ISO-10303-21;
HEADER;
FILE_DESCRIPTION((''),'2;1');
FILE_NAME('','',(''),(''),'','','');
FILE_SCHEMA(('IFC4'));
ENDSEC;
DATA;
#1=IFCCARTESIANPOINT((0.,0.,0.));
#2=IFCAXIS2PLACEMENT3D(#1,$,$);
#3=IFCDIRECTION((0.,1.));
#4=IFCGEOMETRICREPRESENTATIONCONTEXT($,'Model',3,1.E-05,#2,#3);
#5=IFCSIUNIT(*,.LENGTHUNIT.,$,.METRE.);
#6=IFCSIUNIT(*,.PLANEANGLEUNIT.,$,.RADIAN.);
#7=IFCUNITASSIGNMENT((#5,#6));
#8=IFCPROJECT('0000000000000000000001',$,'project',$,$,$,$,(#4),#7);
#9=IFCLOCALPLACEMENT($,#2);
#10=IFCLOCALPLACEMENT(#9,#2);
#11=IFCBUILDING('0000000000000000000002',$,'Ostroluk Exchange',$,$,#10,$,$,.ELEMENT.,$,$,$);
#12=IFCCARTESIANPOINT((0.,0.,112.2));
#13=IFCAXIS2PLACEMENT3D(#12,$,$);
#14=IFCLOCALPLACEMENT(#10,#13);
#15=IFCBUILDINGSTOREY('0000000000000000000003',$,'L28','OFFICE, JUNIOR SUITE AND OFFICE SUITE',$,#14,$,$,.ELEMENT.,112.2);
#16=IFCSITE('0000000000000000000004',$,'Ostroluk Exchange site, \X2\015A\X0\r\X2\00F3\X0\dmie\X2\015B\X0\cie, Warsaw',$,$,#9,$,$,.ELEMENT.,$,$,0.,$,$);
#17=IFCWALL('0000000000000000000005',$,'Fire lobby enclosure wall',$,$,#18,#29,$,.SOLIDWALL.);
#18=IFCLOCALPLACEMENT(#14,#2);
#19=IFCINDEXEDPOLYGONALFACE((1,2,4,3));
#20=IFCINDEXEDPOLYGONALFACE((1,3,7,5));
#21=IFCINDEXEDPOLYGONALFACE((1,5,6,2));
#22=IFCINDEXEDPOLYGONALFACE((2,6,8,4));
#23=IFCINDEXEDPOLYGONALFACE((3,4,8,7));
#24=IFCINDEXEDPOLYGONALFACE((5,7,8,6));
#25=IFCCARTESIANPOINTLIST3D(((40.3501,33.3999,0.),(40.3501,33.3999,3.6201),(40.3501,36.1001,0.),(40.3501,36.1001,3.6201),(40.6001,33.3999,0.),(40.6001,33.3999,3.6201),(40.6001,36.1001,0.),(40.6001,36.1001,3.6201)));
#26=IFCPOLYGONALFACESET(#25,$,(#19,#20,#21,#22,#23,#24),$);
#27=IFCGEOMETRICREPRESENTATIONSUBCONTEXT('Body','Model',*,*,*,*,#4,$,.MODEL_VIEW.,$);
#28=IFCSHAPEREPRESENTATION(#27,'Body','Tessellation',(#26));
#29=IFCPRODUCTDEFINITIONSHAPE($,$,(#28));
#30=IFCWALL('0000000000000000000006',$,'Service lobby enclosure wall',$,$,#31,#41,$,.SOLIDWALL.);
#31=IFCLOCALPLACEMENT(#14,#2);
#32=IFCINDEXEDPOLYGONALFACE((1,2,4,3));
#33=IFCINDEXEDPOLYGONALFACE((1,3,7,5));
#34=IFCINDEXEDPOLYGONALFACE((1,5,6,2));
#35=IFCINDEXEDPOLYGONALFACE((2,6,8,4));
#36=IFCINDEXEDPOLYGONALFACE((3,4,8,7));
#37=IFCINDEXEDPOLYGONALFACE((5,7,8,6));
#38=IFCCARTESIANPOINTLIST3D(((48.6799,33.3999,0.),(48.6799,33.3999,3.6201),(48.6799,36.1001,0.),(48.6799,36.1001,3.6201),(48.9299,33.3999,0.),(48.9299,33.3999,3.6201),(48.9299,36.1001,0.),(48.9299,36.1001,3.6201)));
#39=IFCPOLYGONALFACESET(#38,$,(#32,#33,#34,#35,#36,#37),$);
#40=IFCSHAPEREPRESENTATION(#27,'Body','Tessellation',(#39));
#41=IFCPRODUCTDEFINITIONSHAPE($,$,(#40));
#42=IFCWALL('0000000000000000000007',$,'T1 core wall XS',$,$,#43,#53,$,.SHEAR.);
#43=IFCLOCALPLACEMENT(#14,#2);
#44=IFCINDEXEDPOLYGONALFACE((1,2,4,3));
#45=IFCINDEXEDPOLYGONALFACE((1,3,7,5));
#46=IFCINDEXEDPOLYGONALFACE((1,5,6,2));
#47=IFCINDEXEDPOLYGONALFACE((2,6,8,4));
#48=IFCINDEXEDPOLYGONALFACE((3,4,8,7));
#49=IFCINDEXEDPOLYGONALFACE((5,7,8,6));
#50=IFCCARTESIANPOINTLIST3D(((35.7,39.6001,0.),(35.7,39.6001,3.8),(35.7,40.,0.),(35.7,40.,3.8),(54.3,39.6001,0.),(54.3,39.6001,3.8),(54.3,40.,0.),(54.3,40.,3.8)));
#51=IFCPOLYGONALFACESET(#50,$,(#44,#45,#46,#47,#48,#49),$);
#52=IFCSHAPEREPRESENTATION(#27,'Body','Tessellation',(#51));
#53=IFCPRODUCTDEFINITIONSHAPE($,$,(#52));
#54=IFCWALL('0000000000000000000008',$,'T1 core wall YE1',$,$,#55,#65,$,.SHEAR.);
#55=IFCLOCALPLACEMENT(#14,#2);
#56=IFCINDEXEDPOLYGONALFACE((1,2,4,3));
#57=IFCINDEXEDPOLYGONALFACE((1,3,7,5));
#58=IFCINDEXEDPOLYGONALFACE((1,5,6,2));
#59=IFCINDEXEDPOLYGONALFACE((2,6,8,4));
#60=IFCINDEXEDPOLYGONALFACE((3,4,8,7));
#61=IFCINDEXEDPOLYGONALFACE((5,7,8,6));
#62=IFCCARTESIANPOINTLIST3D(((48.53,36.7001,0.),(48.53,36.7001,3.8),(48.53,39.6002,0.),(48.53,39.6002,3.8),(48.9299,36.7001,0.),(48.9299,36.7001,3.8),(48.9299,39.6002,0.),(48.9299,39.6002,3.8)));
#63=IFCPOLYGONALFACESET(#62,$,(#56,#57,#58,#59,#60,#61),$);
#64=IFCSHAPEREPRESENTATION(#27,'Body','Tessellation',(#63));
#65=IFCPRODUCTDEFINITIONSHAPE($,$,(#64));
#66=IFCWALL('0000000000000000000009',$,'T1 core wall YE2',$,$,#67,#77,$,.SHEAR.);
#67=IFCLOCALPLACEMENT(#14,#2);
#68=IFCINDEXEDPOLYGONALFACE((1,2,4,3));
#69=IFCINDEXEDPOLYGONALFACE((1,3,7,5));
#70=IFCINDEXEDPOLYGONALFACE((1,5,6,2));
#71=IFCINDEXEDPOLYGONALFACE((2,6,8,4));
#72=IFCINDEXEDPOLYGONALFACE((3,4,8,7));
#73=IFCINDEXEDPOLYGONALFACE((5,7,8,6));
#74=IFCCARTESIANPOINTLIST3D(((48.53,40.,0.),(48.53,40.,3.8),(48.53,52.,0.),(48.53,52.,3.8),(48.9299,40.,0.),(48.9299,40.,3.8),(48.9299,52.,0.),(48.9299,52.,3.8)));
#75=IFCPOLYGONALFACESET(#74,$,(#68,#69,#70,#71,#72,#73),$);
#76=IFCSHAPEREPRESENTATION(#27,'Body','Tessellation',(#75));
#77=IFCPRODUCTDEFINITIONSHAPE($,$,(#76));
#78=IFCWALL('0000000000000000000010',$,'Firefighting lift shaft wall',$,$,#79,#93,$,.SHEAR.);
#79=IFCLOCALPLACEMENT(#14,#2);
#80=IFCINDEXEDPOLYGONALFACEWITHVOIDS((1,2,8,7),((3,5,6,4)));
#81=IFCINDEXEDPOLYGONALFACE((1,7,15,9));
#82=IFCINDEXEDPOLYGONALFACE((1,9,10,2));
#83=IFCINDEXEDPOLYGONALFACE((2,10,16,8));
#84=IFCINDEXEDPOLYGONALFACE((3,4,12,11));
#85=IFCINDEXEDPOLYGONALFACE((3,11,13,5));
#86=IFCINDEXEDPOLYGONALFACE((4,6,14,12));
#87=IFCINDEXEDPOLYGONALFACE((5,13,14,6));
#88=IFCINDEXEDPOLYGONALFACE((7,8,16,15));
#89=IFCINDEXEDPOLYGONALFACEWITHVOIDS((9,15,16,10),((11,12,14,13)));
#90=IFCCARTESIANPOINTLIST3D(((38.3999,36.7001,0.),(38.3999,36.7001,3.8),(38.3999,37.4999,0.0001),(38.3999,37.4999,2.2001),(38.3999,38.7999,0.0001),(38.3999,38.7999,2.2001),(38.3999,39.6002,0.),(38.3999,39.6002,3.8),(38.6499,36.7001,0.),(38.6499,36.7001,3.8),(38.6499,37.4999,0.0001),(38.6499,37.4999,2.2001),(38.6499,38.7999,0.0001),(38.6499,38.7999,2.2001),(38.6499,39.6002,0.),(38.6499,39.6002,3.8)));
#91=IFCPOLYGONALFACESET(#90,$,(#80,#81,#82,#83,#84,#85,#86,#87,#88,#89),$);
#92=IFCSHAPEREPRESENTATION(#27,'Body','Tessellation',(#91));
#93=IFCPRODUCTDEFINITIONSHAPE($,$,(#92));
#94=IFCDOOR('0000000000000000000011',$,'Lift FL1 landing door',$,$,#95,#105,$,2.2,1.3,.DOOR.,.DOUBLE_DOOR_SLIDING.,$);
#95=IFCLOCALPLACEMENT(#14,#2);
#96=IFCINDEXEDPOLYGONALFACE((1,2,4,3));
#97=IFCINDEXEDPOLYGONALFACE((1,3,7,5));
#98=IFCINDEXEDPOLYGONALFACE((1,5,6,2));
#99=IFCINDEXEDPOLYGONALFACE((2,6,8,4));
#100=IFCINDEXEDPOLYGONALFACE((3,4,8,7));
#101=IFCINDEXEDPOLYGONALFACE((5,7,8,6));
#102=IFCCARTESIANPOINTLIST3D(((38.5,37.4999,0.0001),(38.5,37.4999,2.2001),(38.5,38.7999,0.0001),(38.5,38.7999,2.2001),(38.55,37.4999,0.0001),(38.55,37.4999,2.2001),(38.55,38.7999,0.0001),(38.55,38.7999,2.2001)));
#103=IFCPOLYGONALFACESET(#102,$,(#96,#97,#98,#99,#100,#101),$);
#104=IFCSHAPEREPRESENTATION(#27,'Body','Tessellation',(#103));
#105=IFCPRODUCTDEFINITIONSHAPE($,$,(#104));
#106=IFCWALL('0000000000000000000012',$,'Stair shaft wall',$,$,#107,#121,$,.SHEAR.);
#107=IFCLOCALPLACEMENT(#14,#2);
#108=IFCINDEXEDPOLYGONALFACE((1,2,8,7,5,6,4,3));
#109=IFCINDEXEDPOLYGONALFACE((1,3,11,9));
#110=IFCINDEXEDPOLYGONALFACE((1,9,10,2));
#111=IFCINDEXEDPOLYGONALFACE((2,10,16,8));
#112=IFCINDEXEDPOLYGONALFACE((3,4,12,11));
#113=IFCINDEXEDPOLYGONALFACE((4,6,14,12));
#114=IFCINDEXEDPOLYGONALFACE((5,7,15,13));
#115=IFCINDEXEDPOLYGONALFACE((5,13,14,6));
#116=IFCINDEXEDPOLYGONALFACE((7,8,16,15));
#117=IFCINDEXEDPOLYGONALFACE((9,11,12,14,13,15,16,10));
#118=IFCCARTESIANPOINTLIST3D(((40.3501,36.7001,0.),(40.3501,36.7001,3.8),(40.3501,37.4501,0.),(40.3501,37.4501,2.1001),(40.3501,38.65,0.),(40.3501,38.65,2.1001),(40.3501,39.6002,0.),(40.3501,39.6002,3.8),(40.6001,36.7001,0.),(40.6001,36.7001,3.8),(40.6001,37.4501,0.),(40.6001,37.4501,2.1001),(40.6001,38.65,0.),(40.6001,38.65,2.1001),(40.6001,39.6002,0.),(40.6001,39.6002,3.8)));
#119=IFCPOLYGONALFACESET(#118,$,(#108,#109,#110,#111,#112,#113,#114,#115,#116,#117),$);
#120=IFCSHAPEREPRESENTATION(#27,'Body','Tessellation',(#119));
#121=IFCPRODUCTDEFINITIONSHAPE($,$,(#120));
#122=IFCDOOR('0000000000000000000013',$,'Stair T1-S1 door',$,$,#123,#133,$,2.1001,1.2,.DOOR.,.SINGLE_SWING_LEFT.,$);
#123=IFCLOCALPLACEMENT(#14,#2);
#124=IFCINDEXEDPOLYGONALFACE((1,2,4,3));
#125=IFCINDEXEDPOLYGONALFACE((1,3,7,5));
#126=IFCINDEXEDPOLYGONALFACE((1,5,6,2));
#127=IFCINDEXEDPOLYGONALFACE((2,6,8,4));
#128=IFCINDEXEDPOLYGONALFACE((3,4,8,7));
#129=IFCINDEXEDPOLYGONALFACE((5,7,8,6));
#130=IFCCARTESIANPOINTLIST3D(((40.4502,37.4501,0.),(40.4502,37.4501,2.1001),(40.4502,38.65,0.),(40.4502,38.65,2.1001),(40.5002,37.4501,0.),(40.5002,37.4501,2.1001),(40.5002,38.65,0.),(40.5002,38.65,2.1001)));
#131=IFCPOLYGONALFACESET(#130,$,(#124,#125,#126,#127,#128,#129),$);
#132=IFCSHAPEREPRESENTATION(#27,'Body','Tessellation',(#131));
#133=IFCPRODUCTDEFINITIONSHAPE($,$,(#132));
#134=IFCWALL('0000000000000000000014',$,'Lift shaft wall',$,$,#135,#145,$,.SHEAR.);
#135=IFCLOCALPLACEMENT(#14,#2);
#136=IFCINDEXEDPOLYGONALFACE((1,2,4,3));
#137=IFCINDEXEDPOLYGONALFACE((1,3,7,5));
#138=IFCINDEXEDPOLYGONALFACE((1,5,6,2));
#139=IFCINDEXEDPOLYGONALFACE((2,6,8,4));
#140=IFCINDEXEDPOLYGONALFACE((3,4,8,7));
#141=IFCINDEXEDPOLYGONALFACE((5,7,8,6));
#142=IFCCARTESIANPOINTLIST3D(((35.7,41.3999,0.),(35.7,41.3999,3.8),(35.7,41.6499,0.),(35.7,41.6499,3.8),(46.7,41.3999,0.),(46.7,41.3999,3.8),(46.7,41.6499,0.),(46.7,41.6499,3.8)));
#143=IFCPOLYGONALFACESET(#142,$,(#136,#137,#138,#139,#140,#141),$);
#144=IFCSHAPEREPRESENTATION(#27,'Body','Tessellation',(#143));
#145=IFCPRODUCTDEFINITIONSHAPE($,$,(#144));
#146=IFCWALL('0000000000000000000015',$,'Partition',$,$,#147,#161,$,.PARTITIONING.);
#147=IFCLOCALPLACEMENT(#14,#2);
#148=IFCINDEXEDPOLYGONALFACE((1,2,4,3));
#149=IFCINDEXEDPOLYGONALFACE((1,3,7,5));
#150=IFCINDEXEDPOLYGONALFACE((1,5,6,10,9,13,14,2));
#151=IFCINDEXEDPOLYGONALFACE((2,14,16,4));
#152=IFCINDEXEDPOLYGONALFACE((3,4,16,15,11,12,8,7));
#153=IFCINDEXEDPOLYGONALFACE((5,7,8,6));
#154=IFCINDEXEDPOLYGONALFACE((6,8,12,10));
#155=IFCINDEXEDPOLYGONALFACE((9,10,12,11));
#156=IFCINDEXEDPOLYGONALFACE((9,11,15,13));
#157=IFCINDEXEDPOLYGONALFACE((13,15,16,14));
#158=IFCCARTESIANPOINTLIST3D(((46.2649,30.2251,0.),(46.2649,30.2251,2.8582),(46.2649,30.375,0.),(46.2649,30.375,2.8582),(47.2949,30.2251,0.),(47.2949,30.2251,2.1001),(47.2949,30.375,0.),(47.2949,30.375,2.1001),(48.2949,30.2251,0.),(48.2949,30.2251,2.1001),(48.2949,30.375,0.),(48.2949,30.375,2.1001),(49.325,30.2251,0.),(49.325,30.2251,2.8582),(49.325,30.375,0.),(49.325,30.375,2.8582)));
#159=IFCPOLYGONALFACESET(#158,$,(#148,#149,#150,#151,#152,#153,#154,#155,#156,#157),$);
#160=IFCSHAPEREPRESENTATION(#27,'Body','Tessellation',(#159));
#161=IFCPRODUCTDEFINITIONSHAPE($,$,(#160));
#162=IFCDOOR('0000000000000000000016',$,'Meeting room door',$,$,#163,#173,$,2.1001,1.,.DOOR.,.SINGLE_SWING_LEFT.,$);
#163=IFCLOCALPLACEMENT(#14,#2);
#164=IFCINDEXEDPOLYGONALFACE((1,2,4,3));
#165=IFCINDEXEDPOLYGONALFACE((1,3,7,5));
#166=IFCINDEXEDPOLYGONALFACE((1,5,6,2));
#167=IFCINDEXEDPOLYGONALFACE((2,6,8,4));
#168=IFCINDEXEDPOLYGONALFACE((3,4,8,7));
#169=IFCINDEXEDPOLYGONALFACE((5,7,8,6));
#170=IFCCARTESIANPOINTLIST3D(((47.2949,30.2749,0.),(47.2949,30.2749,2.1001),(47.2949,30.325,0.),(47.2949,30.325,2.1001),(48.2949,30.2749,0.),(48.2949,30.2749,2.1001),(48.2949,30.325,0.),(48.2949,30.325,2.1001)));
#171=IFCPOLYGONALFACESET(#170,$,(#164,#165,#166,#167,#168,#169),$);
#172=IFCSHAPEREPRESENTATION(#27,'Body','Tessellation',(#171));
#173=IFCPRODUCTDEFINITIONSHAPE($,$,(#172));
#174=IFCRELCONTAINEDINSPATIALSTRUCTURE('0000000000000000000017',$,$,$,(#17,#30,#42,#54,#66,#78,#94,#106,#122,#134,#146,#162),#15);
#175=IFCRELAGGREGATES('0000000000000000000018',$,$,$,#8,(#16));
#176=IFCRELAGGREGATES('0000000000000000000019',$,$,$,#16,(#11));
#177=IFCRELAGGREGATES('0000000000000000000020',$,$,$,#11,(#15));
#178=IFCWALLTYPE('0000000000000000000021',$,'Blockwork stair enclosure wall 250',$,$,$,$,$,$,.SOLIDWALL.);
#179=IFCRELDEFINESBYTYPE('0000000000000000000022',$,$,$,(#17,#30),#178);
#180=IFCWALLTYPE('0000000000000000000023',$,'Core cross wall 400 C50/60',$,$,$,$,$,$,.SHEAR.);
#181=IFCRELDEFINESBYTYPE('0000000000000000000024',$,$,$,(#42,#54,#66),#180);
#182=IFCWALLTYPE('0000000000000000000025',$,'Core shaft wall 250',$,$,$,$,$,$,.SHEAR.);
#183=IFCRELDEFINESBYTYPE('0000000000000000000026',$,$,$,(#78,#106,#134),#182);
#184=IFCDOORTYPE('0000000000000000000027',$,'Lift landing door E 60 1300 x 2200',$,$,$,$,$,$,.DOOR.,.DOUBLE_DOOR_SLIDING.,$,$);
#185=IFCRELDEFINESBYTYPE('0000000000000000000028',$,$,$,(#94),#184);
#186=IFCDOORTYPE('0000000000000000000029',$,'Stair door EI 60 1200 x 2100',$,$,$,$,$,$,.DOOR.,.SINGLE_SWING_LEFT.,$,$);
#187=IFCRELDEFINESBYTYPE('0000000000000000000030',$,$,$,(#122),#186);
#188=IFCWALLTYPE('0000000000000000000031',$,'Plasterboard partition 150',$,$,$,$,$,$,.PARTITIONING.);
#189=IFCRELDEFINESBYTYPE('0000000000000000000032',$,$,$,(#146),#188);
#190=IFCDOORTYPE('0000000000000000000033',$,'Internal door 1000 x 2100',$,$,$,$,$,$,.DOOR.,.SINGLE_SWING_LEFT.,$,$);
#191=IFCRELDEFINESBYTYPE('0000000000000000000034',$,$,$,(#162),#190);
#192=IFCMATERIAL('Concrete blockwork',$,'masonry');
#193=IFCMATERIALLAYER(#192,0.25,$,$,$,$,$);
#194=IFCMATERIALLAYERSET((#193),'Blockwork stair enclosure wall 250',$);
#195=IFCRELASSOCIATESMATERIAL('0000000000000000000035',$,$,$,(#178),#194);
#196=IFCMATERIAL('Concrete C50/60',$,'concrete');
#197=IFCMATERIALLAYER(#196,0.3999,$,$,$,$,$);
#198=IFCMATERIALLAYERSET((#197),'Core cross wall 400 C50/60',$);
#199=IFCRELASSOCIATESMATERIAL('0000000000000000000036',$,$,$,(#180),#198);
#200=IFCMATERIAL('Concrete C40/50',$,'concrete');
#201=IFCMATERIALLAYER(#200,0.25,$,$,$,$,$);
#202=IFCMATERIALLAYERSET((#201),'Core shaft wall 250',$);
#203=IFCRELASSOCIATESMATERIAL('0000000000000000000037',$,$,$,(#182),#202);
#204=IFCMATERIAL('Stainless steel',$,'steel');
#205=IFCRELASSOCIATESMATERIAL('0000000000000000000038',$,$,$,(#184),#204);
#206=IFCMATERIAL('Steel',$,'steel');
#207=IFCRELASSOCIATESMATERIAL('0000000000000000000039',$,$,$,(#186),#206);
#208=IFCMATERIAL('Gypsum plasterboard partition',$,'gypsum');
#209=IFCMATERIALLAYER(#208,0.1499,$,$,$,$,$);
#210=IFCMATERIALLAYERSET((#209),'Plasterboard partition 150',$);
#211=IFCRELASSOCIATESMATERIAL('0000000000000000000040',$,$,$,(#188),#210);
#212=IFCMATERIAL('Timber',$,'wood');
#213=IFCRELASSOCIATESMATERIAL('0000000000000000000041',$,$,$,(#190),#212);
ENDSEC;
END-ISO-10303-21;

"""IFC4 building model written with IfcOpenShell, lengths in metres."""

from ifc_helpers import new_model, si_unit, direction, frame, frame_2d, origin, place, context, subcontext, project, spatial, rectangle, extrude, material, layer, layer_set, type_object, element, fill, save


model = new_model("IFC4")

# Units and contexts
model_context = context("Model", 3, precision=1e-05, world=origin(), true_north=direction((0.0, 1.0)))
body_context = subcontext(model_context, "Body", "Model", "MODEL_VIEW")
ifc_project = project(units=[si_unit("LENGTHUNIT", "METRE"), si_unit("PLANEANGLEUNIT", "RADIAN")], contexts=[model_context])

# Site, building, storey
site_placement = place(None, origin())
site = spatial("IfcSite", under=ifc_project, at=site_placement, Name="Ostroluk Exchange site, Śródmieście, Warsaw", CompositionType="ELEMENT", RefElevation=0.0)
building_placement = place(site_placement, origin())
building = spatial("IfcBuilding", under=site, at=building_placement, Name="Ostroluk Exchange", CompositionType="ELEMENT")
storey_placement = place(building_placement, frame((0.0, 0.0, 112.2)))
storey = spatial("IfcBuildingStorey", under=building, at=storey_placement, Name="L28", Description="OFFICE, JUNIOR SUITE AND OFFICE SUITE", CompositionType="ELEMENT", Elevation=112.2)

# Walls
ifc_material_1 = material(Name="Concrete blockwork", Category="masonry")
ifc_layer_1 = layer(ifc_material_1, 0.25)
ifc_layer_set_1 = layer_set([ifc_layer_1], Name="Blockwork stair enclosure wall 250")
wall_type_1 = type_object("IfcWallType", Name="Blockwork stair enclosure wall 250", PredefinedType="SOLIDWALL", material=ifc_layer_set_1)
for number, where, z_axis, x_axis, name in (
    (1, (40.4751, 33.3999, 0.0), (0.0, 0.0, 1.0), (0.0, 1.0, 0.0), "Fire lobby enclosure wall"),
    (2, (48.8049, 33.3999, 0.0), (0.0, 0.0, 1.0), (0.0, 1.0, 0.0), "Service lobby enclosure wall"),
):
    element("IfcWall", number, at=place(storey_placement, frame(where, z_axis=z_axis, x_axis=x_axis)), inside=storey, type_object=wall_type_1, Name=name, PredefinedType="SOLIDWALL", context=body_context, shape_type="SweptSolid", body=[
        extrude(rectangle(XDim=2.7002, YDim=0.25, at=frame_2d((1.3501, 0.0))), origin(), (0.0, 0.0, 1.0), 3.6201),
    ])
ifc_material_2 = material(Name="Concrete C50/60", Category="concrete")
ifc_layer_2 = layer(ifc_material_2, 0.3999)
ifc_layer_set_2 = layer_set([ifc_layer_2], Name="Core cross wall 400 C50/60")
wall_type_2 = type_object("IfcWallType", Name="Core cross wall 400 C50/60", PredefinedType="SHEAR", material=ifc_layer_set_2)
wall_1_placement = place(storey_placement, frame((35.7, 39.8, 0.0), z_axis=(0.0, 0.0, 1.0), x_axis=(1.0, 0.0, 0.0)))
element("IfcWall", 3, at=wall_1_placement, inside=storey, type_object=wall_type_2, Name="T1 core wall XS", PredefinedType="SHEAR", context=body_context, shape_type="SweptSolid", body=[
    extrude(rectangle(XDim=18.6001, YDim=0.3999, at=frame_2d((9.3, 0.0))), origin(), (0.0, 0.0, 1.0), 3.8),
])
wall_2_placement = place(storey_placement, frame((48.73, 36.7, 0.0), z_axis=(0.0, 0.0, 1.0), x_axis=(0.0, 1.0, 0.0)))
element("IfcWall", 4, at=wall_2_placement, inside=storey, type_object=wall_type_2, Name="T1 core wall YE1", PredefinedType="SHEAR", context=body_context, shape_type="SweptSolid", body=[
    extrude(rectangle(XDim=2.9001, YDim=0.3999, at=frame_2d((1.4502, 0.0))), origin(), (0.0, 0.0, 1.0), 3.8),
])
wall_3_placement = place(storey_placement, frame((48.73, 40.0, 0.0), z_axis=(0.0, 0.0, 1.0), x_axis=(0.0, 1.0, 0.0)))
element("IfcWall", 5, at=wall_3_placement, inside=storey, type_object=wall_type_2, Name="T1 core wall YE2", PredefinedType="SHEAR", context=body_context, shape_type="SweptSolid", body=[
    extrude(rectangle(XDim=12.0, YDim=0.3999, at=frame_2d((6.0, 0.0))), origin(), (0.0, 0.0, 1.0), 3.8),
])

# Walls, openings, doors
ifc_material_3 = material(Name="Concrete C40/50", Category="concrete")
ifc_layer_3 = layer(ifc_material_3, 0.25)
ifc_layer_set_3 = layer_set([ifc_layer_3], Name="Core shaft wall 250")
wall_type_3 = type_object("IfcWallType", Name="Core shaft wall 250", PredefinedType="SHEAR", material=ifc_layer_set_3)
wall_4_placement = place(storey_placement, frame((38.5249, 36.7, 0.0), z_axis=(0.0, 0.0, 1.0), x_axis=(0.0, 1.0, 0.0)))
wall_4 = element("IfcWall", 6, at=wall_4_placement, inside=storey, type_object=wall_type_3, Name="Firefighting lift shaft wall", PredefinedType="SHEAR", context=body_context, shape_type="SweptSolid", body=[
    extrude(rectangle(XDim=2.9001, YDim=0.25, at=frame_2d((1.4502, 0.0))), origin(), (0.0, 0.0, 1.0), 3.8),
])
opening_1_placement = place(wall_4_placement, frame((0.8, 0.0, 0.0)))
opening_1 = element("IfcOpeningElement", 7, at=opening_1_placement, cuts=wall_4, PredefinedType="OPENING", context=body_context, shape_type="SweptSolid", body=[
    extrude(rectangle(XDim=1.3, YDim=2.2, at=frame_2d((0.6499, 1.1001))), frame((0.0, 0.135, 0.0), z_axis=(0.0, -1.0, 0.0), x_axis=(1.0, 0.0, 0.0)), (0.0, 0.0, 1.0), 0.27),
])
ifc_material_4 = material(Name="Stainless steel", Category="steel")
door_type_1 = type_object("IfcDoorType", Name="Lift landing door E 60 1300 x 2200", OperationType="DOUBLE_DOOR_SLIDING", PredefinedType="DOOR", material=ifc_material_4)
door_1_placement = place(opening_1_placement, origin())
door_1 = element("IfcDoor", 8, at=door_1_placement, inside=storey, type_object=door_type_1, Name="Lift FL1 landing door", OperationType="DOUBLE_DOOR_SLIDING", OverallHeight=2.2, OverallWidth=1.3, PredefinedType="DOOR", context=body_context, shape_type="SweptSolid", body=[
    extrude(rectangle(XDim=1.3, YDim=2.2, at=frame_2d((0.6499, 1.1001))), frame((0.0, 0.0249, 0.0), z_axis=(0.0, -1.0, 0.0), x_axis=(1.0, 0.0, 0.0)), (0.0, 0.0, 1.0), 0.05),
])
fill(opening_1, door_1)
wall_5_placement = place(storey_placement, frame((40.4751, 36.7, 0.0), z_axis=(0.0, 0.0, 1.0), x_axis=(0.0, 1.0, 0.0)))
wall_5 = element("IfcWall", 9, at=wall_5_placement, inside=storey, type_object=wall_type_3, Name="Stair shaft wall", PredefinedType="SHEAR", context=body_context, shape_type="SweptSolid", body=[
    extrude(rectangle(XDim=2.9001, YDim=0.25, at=frame_2d((1.4502, 0.0))), origin(), (0.0, 0.0, 1.0), 3.8),
])
opening_2_placement = place(wall_5_placement, frame((0.75, 0.0, 0.0)))
opening_2 = element("IfcOpeningElement", 10, at=opening_2_placement, cuts=wall_5, PredefinedType="OPENING", context=body_context, shape_type="SweptSolid", body=[
    extrude(rectangle(XDim=1.2, YDim=2.1001, at=frame_2d((0.6001, 1.05))), frame((0.0, 0.135, 0.0), z_axis=(0.0, -1.0, 0.0), x_axis=(1.0, 0.0, 0.0)), (0.0, 0.0, 1.0), 0.27),
])
ifc_material_5 = material(Name="Steel", Category="steel")
door_type_2 = type_object("IfcDoorType", Name="Stair door EI 60 1200 x 2100", OperationType="SINGLE_SWING_LEFT", PredefinedType="DOOR", material=ifc_material_5)
door_2_placement = place(opening_2_placement, origin())
door_2 = element("IfcDoor", 11, at=door_2_placement, inside=storey, type_object=door_type_2, Name="Stair T1-S1 door", OperationType="SINGLE_SWING_LEFT", OverallHeight=2.1001, OverallWidth=1.2, PredefinedType="DOOR", context=body_context, shape_type="SweptSolid", body=[
    extrude(rectangle(XDim=1.2, YDim=2.1001, at=frame_2d((0.6001, 1.05))), frame((0.0, 0.0249, 0.0), z_axis=(0.0, -1.0, 0.0), x_axis=(1.0, 0.0, 0.0)), (0.0, 0.0, 1.0), 0.05),
])
fill(opening_2, door_2)

# Wall
wall_6_placement = place(storey_placement, frame((35.7, 41.5249, 0.0), z_axis=(0.0, 0.0, 1.0), x_axis=(1.0, 0.0, 0.0)))
element("IfcWall", 12, at=wall_6_placement, inside=storey, type_object=wall_type_3, Name="Lift shaft wall", PredefinedType="SHEAR", context=body_context, shape_type="SweptSolid", body=[
    extrude(rectangle(XDim=11.0, YDim=0.25, at=frame_2d((5.5, 0.0))), origin(), (0.0, 0.0, 1.0), 3.8),
])

# Wall, opening, door
ifc_material_6 = material(Name="Gypsum plasterboard partition", Category="gypsum")
ifc_layer_4 = layer(ifc_material_6, 0.1499)
ifc_layer_set_4 = layer_set([ifc_layer_4], Name="Plasterboard partition 150")
wall_type_4 = type_object("IfcWallType", Name="Plasterboard partition 150", PredefinedType="PARTITIONING", material=ifc_layer_set_4)
wall_7_placement = place(storey_placement, frame((46.2649, 30.3, 0.0), z_axis=(0.0, 0.0, 1.0), x_axis=(1.0, 0.0, 0.0)))
wall_7 = element("IfcWall", 13, at=wall_7_placement, inside=storey, type_object=wall_type_4, Name="Partition", PredefinedType="PARTITIONING", context=body_context, shape_type="SweptSolid", body=[
    extrude(rectangle(XDim=3.0601, YDim=0.1499, at=frame_2d((1.53, 0.0))), origin(), (0.0, 0.0, 1.0), 2.8582),
])
opening_3_placement = place(wall_7_placement, frame((1.03, 0.0, 0.0)))
opening_3 = element("IfcOpeningElement", 14, at=opening_3_placement, cuts=wall_7, PredefinedType="OPENING", context=body_context, shape_type="SweptSolid", body=[
    extrude(rectangle(XDim=1.0, YDim=2.1001, at=frame_2d((0.5, 1.05))), frame((0.0, 0.085, 0.0), z_axis=(0.0, -1.0, 0.0), x_axis=(1.0, 0.0, 0.0)), (0.0, 0.0, 1.0), 0.1699),
])
ifc_material_7 = material(Name="Timber", Category="wood")
door_type_3 = type_object("IfcDoorType", Name="Internal door 1000 x 2100", OperationType="SINGLE_SWING_LEFT", PredefinedType="DOOR", material=ifc_material_7)
door_3_placement = place(opening_3_placement, origin())
door_3 = element("IfcDoor", 15, at=door_3_placement, inside=storey, type_object=door_type_3, Name="Meeting room door", OperationType="SINGLE_SWING_LEFT", OverallHeight=2.1001, OverallWidth=1.0, PredefinedType="DOOR", context=body_context, shape_type="SweptSolid", body=[
    extrude(rectangle(XDim=1.0, YDim=2.1001, at=frame_2d((0.5, 1.05))), frame((0.0, 0.0249, 0.0), z_axis=(0.0, -1.0, 0.0), x_axis=(1.0, 0.0, 0.0)), (0.0, 0.0, 1.0), 0.05),
])
fill(opening_3, door_3)

save(model, "model.ifc")
